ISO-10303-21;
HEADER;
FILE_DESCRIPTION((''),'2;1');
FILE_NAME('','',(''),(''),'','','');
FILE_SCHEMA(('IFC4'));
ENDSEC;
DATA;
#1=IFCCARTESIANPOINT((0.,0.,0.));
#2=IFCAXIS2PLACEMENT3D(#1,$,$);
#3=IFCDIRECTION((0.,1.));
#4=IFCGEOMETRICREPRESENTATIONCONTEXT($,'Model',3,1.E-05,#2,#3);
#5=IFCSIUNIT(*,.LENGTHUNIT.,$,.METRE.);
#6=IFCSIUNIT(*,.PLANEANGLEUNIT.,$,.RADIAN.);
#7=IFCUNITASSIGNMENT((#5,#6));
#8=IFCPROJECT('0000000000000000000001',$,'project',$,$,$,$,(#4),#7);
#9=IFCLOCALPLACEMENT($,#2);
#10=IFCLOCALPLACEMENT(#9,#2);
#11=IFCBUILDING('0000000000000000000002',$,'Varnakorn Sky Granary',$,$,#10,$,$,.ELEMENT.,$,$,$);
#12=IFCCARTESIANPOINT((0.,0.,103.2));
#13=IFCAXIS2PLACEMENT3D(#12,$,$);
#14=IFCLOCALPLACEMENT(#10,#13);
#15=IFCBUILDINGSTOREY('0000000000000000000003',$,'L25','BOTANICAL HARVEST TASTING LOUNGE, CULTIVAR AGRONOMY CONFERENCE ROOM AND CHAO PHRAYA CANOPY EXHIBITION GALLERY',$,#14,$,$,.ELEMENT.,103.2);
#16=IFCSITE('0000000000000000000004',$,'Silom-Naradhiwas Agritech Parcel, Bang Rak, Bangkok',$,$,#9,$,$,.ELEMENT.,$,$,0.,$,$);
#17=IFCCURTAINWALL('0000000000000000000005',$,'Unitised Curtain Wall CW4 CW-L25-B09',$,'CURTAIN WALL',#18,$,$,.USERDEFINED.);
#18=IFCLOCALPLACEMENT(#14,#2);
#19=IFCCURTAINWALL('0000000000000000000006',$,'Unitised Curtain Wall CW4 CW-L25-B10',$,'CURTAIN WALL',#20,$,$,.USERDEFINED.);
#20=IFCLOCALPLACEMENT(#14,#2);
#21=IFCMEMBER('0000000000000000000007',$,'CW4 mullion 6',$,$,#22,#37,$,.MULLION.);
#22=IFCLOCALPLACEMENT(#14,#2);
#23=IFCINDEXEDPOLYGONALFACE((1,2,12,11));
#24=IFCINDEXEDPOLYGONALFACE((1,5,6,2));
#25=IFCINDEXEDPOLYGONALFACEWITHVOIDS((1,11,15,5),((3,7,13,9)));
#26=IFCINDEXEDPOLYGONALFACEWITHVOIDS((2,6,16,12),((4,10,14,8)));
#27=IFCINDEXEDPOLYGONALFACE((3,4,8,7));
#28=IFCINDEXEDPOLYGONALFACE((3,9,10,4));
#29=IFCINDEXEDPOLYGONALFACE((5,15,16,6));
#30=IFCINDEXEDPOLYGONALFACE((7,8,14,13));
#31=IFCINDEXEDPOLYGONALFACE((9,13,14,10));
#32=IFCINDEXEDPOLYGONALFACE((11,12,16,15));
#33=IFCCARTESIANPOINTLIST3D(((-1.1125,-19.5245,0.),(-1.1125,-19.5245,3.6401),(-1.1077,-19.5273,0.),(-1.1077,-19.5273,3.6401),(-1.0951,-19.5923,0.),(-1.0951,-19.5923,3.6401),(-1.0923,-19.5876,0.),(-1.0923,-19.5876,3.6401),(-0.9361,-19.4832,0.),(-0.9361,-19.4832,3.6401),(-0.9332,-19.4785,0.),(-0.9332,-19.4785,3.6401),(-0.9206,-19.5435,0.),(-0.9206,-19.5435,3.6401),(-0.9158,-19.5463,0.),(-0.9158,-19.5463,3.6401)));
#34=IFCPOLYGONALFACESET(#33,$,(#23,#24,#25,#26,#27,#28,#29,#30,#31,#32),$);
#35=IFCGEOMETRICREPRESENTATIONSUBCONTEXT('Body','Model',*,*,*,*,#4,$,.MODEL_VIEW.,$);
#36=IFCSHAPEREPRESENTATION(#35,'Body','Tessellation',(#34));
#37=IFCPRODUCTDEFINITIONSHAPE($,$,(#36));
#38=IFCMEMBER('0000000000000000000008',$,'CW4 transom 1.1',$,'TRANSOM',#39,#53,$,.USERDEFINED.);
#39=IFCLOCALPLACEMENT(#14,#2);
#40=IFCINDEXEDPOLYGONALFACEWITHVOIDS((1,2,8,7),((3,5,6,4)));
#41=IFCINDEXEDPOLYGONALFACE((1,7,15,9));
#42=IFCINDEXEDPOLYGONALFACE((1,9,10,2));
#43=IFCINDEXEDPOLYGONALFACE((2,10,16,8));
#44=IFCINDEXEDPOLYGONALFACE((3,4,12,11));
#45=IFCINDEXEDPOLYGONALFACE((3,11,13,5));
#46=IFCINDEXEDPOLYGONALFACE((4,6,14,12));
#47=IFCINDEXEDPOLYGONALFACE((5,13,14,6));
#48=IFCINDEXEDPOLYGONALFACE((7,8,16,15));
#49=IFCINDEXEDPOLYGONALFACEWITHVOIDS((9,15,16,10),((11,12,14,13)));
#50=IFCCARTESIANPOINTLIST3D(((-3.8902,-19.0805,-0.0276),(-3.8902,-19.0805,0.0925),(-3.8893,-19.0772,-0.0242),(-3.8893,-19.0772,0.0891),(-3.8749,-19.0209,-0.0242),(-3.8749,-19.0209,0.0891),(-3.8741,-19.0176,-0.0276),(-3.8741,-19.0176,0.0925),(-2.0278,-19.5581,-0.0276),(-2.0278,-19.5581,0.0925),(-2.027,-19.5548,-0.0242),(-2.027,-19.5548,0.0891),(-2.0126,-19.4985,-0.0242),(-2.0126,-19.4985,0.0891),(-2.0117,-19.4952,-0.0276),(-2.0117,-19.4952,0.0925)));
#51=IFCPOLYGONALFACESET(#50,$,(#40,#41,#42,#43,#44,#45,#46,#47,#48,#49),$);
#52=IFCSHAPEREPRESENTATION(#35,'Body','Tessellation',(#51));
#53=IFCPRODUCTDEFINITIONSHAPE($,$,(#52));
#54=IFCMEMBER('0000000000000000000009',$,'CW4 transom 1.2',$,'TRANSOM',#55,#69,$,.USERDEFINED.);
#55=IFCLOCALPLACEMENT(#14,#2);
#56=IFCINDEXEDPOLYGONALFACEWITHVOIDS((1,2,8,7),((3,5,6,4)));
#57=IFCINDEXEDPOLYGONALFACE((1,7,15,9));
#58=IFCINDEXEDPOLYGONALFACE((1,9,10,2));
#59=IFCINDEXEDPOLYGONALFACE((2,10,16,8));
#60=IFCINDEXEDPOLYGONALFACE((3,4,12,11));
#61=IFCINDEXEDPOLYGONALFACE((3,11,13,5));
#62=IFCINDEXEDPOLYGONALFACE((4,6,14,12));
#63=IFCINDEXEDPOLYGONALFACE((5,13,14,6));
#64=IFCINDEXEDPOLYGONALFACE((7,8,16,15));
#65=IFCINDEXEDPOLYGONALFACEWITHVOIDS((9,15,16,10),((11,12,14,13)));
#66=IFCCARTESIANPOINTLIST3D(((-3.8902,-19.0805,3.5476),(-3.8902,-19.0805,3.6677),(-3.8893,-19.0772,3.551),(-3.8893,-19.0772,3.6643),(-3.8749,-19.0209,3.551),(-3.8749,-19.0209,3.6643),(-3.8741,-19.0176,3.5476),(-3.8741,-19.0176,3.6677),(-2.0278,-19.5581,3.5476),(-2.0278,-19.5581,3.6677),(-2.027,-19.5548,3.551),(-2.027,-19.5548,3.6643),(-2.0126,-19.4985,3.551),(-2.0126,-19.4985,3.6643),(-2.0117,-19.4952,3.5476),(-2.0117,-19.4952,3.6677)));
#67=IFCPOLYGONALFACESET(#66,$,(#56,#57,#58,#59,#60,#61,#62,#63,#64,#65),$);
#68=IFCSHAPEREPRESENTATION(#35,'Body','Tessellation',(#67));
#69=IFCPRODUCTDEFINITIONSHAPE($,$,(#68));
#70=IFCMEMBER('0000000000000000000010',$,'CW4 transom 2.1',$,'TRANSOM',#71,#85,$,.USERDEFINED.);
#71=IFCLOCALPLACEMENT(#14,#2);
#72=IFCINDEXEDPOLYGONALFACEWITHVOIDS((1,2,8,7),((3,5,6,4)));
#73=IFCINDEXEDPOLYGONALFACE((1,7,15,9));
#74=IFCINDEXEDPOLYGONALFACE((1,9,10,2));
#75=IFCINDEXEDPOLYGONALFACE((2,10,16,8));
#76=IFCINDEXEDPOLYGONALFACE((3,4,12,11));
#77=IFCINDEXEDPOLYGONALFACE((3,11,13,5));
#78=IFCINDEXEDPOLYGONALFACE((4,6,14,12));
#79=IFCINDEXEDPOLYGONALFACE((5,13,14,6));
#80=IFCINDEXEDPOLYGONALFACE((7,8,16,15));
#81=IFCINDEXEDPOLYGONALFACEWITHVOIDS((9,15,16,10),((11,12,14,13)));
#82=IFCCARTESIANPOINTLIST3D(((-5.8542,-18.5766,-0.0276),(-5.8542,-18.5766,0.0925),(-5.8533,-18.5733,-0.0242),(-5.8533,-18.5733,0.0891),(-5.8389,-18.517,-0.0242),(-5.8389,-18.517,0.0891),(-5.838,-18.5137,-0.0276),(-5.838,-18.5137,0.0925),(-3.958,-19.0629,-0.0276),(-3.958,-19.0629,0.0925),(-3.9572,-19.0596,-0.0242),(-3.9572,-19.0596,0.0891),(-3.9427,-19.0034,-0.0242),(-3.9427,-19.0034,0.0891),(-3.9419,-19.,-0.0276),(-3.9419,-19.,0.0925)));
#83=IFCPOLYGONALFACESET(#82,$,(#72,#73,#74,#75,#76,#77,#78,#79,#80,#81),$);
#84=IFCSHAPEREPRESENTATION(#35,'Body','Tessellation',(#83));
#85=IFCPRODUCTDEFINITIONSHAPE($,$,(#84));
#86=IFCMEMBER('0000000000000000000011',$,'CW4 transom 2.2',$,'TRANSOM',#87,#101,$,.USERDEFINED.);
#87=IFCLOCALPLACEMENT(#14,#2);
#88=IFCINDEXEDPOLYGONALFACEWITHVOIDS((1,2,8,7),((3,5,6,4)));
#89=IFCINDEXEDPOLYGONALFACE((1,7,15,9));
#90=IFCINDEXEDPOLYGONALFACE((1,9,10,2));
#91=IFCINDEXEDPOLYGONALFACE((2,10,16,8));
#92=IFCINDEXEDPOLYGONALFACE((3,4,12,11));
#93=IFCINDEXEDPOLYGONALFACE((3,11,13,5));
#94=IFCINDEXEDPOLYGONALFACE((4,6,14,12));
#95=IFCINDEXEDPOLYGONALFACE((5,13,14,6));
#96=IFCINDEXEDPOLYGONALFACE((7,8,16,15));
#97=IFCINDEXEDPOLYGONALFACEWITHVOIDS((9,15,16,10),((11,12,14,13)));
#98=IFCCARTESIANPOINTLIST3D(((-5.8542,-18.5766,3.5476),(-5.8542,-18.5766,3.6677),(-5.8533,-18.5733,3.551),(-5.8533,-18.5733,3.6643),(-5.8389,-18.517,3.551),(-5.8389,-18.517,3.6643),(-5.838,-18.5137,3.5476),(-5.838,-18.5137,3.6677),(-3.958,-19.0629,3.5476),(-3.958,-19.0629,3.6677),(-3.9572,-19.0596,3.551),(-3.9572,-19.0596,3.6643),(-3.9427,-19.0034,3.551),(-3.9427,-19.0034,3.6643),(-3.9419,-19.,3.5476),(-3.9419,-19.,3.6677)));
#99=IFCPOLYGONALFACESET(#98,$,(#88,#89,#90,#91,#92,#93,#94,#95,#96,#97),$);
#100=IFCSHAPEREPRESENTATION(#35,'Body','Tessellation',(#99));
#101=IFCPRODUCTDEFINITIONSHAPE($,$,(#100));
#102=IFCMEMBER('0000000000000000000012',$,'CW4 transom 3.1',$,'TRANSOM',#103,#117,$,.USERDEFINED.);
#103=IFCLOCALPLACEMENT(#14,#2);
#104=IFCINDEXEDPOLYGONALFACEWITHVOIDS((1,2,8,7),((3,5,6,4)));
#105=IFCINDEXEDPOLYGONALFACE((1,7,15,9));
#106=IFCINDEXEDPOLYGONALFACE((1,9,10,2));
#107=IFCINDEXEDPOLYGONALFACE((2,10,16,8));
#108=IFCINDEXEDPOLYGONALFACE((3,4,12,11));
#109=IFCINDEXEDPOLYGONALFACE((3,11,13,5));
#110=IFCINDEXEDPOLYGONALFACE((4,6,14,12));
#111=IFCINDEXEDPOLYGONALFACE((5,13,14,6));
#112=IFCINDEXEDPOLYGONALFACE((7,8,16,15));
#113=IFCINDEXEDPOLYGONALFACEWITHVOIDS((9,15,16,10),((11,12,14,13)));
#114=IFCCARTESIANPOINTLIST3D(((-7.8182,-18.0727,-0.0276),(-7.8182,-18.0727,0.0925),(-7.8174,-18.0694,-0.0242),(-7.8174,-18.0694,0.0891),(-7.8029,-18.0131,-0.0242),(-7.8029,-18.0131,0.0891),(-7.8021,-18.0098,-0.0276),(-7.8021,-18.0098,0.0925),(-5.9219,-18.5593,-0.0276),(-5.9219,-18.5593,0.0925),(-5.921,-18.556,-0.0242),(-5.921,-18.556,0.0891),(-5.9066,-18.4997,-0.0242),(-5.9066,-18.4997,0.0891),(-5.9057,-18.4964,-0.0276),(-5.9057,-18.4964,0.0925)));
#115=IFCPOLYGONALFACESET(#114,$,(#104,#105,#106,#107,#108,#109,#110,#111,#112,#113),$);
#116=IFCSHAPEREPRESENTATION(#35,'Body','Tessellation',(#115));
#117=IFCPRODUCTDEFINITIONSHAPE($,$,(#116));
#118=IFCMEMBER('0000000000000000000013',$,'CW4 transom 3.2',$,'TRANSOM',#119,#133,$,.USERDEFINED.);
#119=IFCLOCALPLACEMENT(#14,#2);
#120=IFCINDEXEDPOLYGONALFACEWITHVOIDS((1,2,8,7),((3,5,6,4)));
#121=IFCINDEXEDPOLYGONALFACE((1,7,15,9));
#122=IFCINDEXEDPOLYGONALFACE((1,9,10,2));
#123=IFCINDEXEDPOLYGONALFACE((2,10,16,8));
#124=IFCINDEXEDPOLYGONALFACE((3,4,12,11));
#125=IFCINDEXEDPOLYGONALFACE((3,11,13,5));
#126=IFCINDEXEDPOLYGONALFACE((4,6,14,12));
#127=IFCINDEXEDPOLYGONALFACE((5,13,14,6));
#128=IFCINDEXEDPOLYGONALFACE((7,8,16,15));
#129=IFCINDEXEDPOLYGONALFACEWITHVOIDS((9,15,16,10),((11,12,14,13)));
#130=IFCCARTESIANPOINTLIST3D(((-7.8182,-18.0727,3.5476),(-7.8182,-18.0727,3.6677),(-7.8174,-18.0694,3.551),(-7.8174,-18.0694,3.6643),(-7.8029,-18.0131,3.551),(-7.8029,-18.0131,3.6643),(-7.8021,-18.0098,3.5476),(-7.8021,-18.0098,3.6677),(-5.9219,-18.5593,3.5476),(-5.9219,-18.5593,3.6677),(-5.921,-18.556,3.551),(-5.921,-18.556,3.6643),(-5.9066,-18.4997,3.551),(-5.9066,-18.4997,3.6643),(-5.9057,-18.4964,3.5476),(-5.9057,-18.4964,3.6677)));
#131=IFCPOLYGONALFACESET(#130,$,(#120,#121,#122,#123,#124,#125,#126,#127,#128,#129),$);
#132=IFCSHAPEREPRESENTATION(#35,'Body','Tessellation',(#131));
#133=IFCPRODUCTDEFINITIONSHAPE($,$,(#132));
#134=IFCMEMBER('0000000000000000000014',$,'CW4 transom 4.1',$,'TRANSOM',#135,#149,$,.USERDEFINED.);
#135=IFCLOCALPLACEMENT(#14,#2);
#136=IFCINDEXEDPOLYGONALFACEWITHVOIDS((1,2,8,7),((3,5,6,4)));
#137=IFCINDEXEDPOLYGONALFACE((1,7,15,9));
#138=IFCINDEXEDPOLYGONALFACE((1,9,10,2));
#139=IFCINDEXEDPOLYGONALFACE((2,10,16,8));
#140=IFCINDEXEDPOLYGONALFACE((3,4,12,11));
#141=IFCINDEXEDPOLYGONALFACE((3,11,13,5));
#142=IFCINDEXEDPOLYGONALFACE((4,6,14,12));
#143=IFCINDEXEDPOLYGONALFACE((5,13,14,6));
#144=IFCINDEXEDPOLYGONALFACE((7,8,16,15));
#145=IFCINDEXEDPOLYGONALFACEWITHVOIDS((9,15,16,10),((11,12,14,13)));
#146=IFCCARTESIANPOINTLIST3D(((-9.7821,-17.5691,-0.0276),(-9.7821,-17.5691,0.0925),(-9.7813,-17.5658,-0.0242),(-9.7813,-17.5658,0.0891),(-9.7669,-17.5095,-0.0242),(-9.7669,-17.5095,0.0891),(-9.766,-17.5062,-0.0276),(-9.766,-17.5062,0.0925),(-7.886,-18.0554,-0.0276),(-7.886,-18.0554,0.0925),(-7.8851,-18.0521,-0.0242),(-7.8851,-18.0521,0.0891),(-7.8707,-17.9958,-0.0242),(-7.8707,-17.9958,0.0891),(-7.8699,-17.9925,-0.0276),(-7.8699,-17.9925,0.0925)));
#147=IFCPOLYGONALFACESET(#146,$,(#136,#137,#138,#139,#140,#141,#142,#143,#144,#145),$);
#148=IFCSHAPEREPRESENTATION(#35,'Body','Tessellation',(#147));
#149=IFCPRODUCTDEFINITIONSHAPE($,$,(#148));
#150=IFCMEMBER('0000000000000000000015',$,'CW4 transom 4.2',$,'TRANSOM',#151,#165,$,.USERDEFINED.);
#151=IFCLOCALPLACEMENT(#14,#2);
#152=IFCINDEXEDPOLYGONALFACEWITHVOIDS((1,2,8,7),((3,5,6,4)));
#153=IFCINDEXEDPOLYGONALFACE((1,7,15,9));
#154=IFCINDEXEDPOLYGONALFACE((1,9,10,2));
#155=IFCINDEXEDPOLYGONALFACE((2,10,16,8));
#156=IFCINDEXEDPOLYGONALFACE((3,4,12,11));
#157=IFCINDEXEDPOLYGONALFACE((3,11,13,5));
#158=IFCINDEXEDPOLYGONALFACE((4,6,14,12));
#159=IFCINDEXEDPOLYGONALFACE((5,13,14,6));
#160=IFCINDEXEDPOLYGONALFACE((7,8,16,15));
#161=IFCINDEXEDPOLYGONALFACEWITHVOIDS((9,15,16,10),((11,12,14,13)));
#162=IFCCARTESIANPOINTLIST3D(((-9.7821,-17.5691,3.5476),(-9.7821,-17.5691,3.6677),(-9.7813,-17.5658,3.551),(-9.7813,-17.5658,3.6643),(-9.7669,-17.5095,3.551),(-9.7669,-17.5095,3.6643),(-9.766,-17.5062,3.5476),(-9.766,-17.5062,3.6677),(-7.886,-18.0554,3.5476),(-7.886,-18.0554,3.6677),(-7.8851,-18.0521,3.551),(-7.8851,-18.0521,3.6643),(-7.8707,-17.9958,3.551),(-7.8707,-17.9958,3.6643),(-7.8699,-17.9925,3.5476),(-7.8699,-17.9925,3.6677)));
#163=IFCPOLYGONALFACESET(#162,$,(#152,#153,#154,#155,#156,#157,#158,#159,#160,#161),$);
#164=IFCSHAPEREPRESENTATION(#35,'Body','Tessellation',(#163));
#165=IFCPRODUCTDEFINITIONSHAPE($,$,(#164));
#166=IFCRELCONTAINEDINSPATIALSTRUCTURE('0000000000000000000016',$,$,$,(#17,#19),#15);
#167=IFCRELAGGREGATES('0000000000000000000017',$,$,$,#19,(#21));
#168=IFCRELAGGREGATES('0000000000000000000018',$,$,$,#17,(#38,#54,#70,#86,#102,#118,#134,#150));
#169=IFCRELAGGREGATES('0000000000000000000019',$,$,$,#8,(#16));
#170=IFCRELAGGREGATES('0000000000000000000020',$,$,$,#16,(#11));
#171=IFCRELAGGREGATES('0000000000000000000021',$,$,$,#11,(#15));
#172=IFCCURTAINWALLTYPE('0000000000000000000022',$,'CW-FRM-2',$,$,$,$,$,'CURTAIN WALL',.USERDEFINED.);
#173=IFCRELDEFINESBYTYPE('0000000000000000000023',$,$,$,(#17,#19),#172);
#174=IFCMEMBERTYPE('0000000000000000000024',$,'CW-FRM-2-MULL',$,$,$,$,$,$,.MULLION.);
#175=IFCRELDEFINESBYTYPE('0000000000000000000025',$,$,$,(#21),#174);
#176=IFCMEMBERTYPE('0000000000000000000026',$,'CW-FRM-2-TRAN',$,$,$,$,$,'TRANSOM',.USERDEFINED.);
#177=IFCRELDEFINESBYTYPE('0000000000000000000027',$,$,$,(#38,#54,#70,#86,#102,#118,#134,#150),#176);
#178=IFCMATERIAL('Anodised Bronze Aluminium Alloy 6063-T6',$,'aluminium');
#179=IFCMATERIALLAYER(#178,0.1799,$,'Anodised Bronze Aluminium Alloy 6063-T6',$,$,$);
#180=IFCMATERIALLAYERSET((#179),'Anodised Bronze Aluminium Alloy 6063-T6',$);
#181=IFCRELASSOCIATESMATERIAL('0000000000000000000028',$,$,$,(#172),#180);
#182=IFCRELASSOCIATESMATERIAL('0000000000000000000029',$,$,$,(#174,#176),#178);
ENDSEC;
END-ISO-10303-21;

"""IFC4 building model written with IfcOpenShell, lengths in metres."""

from ifc_helpers import new_model, si_unit, direction, frame, origin, origin_2d, place, context, subcontext, project, spatial, hollow_rectangle, extrude, material, layer, layer_set, material_profile, profile_set, type_object, element, aggregate, save


model = new_model("IFC4")

# Units and contexts
model_context = context("Model", 3, precision=1e-05, world=origin(), true_north=direction((0.0, 1.0)))
body_context = subcontext(model_context, "Body", "Model", "MODEL_VIEW")
ifc_project = project(units=[si_unit("LENGTHUNIT", "METRE"), si_unit("PLANEANGLEUNIT", "RADIAN")], contexts=[model_context])

# Site, building, storey
site_placement = place(None, origin())
site = spatial("IfcSite", under=ifc_project, at=site_placement, Name="Silom-Naradhiwas Agritech Parcel, Bang Rak, Bangkok", CompositionType="ELEMENT", RefElevation=0.0)
building_placement = place(site_placement, origin())
building = spatial("IfcBuilding", under=site, at=building_placement, Name="Varnakorn Sky Granary", CompositionType="ELEMENT")
storey_placement = place(building_placement, frame((0.0, 0.0, 103.2)))
storey = spatial("IfcBuildingStorey", under=building, at=storey_placement, Name="L25", Description="BOTANICAL HARVEST TASTING LOUNGE, CULTIVAR AGRONOMY CONFERENCE ROOM AND CHAO PHRAYA CANOPY EXHIBITION GALLERY", CompositionType="ELEMENT", Elevation=103.2)

# Curtain wall
ifc_material_1 = material(Name="Anodised Bronze Aluminium Alloy 6063-T6", Category="aluminium")
ifc_layer_1 = layer(ifc_material_1, 0.1799, Name="Anodised Bronze Aluminium Alloy 6063-T6")
ifc_layer_set_1 = layer_set([ifc_layer_1], Name="Anodised Bronze Aluminium Alloy 6063-T6")
curtain_wall_type = type_object("IfcCurtainWallType", Name="CW-FRM-2", ElementType="CURTAIN WALL", PredefinedType="USERDEFINED", material=ifc_layer_set_1)
curtain_wall_1_placement = place(storey_placement, origin())
curtain_wall_1 = element("IfcCurtainWall", 1, at=curtain_wall_1_placement, inside=storey, type_object=curtain_wall_type, Name="Unitised Curtain Wall CW4 CW-L25-B09", ObjectType="CURTAIN WALL", PredefinedType="USERDEFINED")
ifc_material_profile_1 = material_profile(ifc_material_1, hollow_rectangle(XDim=0.0701, YDim=0.1851, WallThickness=0.0039, at=origin_2d()), Name="ALU MULL 70x185")
ifc_profile_set_1 = profile_set([ifc_material_profile_1], Name="Anodised Bronze Aluminium Alloy 6063-T6")
member_type_1 = type_object("IfcMemberType", Name="CW-FRM-2-MULL", PredefinedType="MULLION", material=ifc_profile_set_1)

# Curtain wall, member
curtain_wall_2_placement = place(storey_placement, origin())
curtain_wall_2 = element("IfcCurtainWall", 2, at=curtain_wall_2_placement, inside=storey, type_object=curtain_wall_type, Name="Unitised Curtain Wall CW4 CW-L25-B10", ObjectType="CURTAIN WALL", PredefinedType="USERDEFINED")
member_1_placement = place(storey_placement, frame((-1.0142, -19.5354, 0.0), z_axis=(0.0, 0.0, 1.0), x_axis=(0.248477, -0.968638, 0.0)))
member_1 = element("IfcMember", 3, at=member_1_placement, type_object=member_type_1, Name="CW4 mullion 6", PredefinedType="MULLION", context=body_context, shape_type="SweptSolid", body=[
    extrude(hollow_rectangle(XDim=0.0701, YDim=0.1851, WallThickness=0.0039, at=origin_2d()), origin(), (0.0, 0.0, 1.0), 3.6401),
])
aggregate(curtain_wall_2, [member_1])

# Members
ifc_material_profile_2 = material_profile(ifc_material_1, hollow_rectangle(XDim=0.0649, YDim=0.1201, WallThickness=0.0034, at=origin_2d()), Name="ALU TRAN 65x120")
ifc_profile_set_2 = profile_set([ifc_material_profile_2], Name="Anodised Bronze Aluminium Alloy 6063-T6")
member_type_2 = type_object("IfcMemberType", Name="CW-FRM-2-TRAN", ElementType="TRANSOM", PredefinedType="USERDEFINED", material=ifc_profile_set_2)
member_2_placement = place(storey_placement, frame((-2.0198, -19.5266, 0.0325), z_axis=(-0.968661, 0.248388, 0.0), x_axis=(-0.248388, -0.968661, 0.0)))
member_2 = element("IfcMember", 4, at=member_2_placement, type_object=member_type_2, Name="CW4 transom 1.1", ObjectType="TRANSOM", PredefinedType="USERDEFINED", context=body_context, shape_type="SweptSolid", body=[
    extrude(hollow_rectangle(XDim=0.0649, YDim=0.1201, WallThickness=0.0034, at=origin_2d()), origin(), (0.0, 0.0, 1.0), 1.9226),
])
member_3_placement = place(storey_placement, frame((-2.0198, -19.5266, 3.6077), z_axis=(-0.968661, 0.248388, 0.0), x_axis=(-0.248388, -0.968661, 0.0)))
member_3 = element("IfcMember", 5, at=member_3_placement, type_object=member_type_2, Name="CW4 transom 1.2", ObjectType="TRANSOM", PredefinedType="USERDEFINED", context=body_context, shape_type="SweptSolid", body=[
    extrude(hollow_rectangle(XDim=0.0649, YDim=0.1201, WallThickness=0.0034, at=origin_2d()), origin(), (0.0, 0.0, 1.0), 1.9226),
])
member_4_placement = place(storey_placement, frame((-3.95, -19.0315, 0.0325), z_axis=(-0.96865, 0.248429, 0.0), x_axis=(-0.248429, -0.96865, 0.0)))
member_4 = element("IfcMember", 6, at=member_4_placement, type_object=member_type_2, Name="CW4 transom 2.1", ObjectType="TRANSOM", PredefinedType="USERDEFINED", context=body_context, shape_type="SweptSolid", body=[
    extrude(hollow_rectangle(XDim=0.0649, YDim=0.1201, WallThickness=0.0034, at=origin_2d()), origin(), (0.0, 0.0, 1.0), 1.9575),
])
member_5_placement = place(storey_placement, frame((-3.95, -19.0315, 3.6077), z_axis=(-0.96865, 0.248429, 0.0), x_axis=(-0.248429, -0.96865, 0.0)))
member_5 = element("IfcMember", 7, at=member_5_placement, type_object=member_type_2, Name="CW4 transom 2.2", ObjectType="TRANSOM", PredefinedType="USERDEFINED", context=body_context, shape_type="SweptSolid", body=[
    extrude(hollow_rectangle(XDim=0.0649, YDim=0.1201, WallThickness=0.0034, at=origin_2d()), origin(), (0.0, 0.0, 1.0), 1.9575),
])
member_6_placement = place(storey_placement, frame((-5.9138, -18.5278, 0.0325), z_axis=(-0.96862, 0.248546, 0.0), x_axis=(-0.248546, -0.96862, 0.0)))
member_6 = element("IfcMember", 8, at=member_6_placement, type_object=member_type_2, Name="CW4 transom 3.1", ObjectType="TRANSOM", PredefinedType="USERDEFINED", context=body_context, shape_type="SweptSolid", body=[
    extrude(hollow_rectangle(XDim=0.0649, YDim=0.1201, WallThickness=0.0034, at=origin_2d()), origin(), (0.0, 0.0, 1.0), 1.9578),
])
member_7_placement = place(storey_placement, frame((-5.9138, -18.5278, 3.6077), z_axis=(-0.96862, 0.248546, 0.0), x_axis=(-0.248546, -0.96862, 0.0)))
member_7 = element("IfcMember", 9, at=member_7_placement, type_object=member_type_2, Name="CW4 transom 3.2", ObjectType="TRANSOM", PredefinedType="USERDEFINED", context=body_context, shape_type="SweptSolid", body=[
    extrude(hollow_rectangle(XDim=0.0649, YDim=0.1201, WallThickness=0.0034, at=origin_2d()), origin(), (0.0, 0.0, 1.0), 1.9578),
])
member_8_placement = place(storey_placement, frame((-7.8779, -18.0239, 0.0325), z_axis=(-0.96865, 0.248429, 0.0), x_axis=(-0.248429, -0.96865, 0.0)))
member_8 = element("IfcMember", 10, at=member_8_placement, type_object=member_type_2, Name="CW4 transom 4.1", ObjectType="TRANSOM", PredefinedType="USERDEFINED", context=body_context, shape_type="SweptSolid", body=[
    extrude(hollow_rectangle(XDim=0.0649, YDim=0.1201, WallThickness=0.0034, at=origin_2d()), origin(), (0.0, 0.0, 1.0), 1.9575),
])
member_9_placement = place(storey_placement, frame((-7.8779, -18.0239, 3.6077), z_axis=(-0.96865, 0.248429, 0.0), x_axis=(-0.248429, -0.96865, 0.0)))
member_9 = element("IfcMember", 11, at=member_9_placement, type_object=member_type_2, Name="CW4 transom 4.2", ObjectType="TRANSOM", PredefinedType="USERDEFINED", context=body_context, shape_type="SweptSolid", body=[
    extrude(hollow_rectangle(XDim=0.0649, YDim=0.1201, WallThickness=0.0034, at=origin_2d()), origin(), (0.0, 0.0, 1.0), 1.9575),
])

aggregate(curtain_wall_1, [member_2, member_3, member_4, member_5, member_6, member_7, member_8, member_9])

save(model, "model.ifc")
